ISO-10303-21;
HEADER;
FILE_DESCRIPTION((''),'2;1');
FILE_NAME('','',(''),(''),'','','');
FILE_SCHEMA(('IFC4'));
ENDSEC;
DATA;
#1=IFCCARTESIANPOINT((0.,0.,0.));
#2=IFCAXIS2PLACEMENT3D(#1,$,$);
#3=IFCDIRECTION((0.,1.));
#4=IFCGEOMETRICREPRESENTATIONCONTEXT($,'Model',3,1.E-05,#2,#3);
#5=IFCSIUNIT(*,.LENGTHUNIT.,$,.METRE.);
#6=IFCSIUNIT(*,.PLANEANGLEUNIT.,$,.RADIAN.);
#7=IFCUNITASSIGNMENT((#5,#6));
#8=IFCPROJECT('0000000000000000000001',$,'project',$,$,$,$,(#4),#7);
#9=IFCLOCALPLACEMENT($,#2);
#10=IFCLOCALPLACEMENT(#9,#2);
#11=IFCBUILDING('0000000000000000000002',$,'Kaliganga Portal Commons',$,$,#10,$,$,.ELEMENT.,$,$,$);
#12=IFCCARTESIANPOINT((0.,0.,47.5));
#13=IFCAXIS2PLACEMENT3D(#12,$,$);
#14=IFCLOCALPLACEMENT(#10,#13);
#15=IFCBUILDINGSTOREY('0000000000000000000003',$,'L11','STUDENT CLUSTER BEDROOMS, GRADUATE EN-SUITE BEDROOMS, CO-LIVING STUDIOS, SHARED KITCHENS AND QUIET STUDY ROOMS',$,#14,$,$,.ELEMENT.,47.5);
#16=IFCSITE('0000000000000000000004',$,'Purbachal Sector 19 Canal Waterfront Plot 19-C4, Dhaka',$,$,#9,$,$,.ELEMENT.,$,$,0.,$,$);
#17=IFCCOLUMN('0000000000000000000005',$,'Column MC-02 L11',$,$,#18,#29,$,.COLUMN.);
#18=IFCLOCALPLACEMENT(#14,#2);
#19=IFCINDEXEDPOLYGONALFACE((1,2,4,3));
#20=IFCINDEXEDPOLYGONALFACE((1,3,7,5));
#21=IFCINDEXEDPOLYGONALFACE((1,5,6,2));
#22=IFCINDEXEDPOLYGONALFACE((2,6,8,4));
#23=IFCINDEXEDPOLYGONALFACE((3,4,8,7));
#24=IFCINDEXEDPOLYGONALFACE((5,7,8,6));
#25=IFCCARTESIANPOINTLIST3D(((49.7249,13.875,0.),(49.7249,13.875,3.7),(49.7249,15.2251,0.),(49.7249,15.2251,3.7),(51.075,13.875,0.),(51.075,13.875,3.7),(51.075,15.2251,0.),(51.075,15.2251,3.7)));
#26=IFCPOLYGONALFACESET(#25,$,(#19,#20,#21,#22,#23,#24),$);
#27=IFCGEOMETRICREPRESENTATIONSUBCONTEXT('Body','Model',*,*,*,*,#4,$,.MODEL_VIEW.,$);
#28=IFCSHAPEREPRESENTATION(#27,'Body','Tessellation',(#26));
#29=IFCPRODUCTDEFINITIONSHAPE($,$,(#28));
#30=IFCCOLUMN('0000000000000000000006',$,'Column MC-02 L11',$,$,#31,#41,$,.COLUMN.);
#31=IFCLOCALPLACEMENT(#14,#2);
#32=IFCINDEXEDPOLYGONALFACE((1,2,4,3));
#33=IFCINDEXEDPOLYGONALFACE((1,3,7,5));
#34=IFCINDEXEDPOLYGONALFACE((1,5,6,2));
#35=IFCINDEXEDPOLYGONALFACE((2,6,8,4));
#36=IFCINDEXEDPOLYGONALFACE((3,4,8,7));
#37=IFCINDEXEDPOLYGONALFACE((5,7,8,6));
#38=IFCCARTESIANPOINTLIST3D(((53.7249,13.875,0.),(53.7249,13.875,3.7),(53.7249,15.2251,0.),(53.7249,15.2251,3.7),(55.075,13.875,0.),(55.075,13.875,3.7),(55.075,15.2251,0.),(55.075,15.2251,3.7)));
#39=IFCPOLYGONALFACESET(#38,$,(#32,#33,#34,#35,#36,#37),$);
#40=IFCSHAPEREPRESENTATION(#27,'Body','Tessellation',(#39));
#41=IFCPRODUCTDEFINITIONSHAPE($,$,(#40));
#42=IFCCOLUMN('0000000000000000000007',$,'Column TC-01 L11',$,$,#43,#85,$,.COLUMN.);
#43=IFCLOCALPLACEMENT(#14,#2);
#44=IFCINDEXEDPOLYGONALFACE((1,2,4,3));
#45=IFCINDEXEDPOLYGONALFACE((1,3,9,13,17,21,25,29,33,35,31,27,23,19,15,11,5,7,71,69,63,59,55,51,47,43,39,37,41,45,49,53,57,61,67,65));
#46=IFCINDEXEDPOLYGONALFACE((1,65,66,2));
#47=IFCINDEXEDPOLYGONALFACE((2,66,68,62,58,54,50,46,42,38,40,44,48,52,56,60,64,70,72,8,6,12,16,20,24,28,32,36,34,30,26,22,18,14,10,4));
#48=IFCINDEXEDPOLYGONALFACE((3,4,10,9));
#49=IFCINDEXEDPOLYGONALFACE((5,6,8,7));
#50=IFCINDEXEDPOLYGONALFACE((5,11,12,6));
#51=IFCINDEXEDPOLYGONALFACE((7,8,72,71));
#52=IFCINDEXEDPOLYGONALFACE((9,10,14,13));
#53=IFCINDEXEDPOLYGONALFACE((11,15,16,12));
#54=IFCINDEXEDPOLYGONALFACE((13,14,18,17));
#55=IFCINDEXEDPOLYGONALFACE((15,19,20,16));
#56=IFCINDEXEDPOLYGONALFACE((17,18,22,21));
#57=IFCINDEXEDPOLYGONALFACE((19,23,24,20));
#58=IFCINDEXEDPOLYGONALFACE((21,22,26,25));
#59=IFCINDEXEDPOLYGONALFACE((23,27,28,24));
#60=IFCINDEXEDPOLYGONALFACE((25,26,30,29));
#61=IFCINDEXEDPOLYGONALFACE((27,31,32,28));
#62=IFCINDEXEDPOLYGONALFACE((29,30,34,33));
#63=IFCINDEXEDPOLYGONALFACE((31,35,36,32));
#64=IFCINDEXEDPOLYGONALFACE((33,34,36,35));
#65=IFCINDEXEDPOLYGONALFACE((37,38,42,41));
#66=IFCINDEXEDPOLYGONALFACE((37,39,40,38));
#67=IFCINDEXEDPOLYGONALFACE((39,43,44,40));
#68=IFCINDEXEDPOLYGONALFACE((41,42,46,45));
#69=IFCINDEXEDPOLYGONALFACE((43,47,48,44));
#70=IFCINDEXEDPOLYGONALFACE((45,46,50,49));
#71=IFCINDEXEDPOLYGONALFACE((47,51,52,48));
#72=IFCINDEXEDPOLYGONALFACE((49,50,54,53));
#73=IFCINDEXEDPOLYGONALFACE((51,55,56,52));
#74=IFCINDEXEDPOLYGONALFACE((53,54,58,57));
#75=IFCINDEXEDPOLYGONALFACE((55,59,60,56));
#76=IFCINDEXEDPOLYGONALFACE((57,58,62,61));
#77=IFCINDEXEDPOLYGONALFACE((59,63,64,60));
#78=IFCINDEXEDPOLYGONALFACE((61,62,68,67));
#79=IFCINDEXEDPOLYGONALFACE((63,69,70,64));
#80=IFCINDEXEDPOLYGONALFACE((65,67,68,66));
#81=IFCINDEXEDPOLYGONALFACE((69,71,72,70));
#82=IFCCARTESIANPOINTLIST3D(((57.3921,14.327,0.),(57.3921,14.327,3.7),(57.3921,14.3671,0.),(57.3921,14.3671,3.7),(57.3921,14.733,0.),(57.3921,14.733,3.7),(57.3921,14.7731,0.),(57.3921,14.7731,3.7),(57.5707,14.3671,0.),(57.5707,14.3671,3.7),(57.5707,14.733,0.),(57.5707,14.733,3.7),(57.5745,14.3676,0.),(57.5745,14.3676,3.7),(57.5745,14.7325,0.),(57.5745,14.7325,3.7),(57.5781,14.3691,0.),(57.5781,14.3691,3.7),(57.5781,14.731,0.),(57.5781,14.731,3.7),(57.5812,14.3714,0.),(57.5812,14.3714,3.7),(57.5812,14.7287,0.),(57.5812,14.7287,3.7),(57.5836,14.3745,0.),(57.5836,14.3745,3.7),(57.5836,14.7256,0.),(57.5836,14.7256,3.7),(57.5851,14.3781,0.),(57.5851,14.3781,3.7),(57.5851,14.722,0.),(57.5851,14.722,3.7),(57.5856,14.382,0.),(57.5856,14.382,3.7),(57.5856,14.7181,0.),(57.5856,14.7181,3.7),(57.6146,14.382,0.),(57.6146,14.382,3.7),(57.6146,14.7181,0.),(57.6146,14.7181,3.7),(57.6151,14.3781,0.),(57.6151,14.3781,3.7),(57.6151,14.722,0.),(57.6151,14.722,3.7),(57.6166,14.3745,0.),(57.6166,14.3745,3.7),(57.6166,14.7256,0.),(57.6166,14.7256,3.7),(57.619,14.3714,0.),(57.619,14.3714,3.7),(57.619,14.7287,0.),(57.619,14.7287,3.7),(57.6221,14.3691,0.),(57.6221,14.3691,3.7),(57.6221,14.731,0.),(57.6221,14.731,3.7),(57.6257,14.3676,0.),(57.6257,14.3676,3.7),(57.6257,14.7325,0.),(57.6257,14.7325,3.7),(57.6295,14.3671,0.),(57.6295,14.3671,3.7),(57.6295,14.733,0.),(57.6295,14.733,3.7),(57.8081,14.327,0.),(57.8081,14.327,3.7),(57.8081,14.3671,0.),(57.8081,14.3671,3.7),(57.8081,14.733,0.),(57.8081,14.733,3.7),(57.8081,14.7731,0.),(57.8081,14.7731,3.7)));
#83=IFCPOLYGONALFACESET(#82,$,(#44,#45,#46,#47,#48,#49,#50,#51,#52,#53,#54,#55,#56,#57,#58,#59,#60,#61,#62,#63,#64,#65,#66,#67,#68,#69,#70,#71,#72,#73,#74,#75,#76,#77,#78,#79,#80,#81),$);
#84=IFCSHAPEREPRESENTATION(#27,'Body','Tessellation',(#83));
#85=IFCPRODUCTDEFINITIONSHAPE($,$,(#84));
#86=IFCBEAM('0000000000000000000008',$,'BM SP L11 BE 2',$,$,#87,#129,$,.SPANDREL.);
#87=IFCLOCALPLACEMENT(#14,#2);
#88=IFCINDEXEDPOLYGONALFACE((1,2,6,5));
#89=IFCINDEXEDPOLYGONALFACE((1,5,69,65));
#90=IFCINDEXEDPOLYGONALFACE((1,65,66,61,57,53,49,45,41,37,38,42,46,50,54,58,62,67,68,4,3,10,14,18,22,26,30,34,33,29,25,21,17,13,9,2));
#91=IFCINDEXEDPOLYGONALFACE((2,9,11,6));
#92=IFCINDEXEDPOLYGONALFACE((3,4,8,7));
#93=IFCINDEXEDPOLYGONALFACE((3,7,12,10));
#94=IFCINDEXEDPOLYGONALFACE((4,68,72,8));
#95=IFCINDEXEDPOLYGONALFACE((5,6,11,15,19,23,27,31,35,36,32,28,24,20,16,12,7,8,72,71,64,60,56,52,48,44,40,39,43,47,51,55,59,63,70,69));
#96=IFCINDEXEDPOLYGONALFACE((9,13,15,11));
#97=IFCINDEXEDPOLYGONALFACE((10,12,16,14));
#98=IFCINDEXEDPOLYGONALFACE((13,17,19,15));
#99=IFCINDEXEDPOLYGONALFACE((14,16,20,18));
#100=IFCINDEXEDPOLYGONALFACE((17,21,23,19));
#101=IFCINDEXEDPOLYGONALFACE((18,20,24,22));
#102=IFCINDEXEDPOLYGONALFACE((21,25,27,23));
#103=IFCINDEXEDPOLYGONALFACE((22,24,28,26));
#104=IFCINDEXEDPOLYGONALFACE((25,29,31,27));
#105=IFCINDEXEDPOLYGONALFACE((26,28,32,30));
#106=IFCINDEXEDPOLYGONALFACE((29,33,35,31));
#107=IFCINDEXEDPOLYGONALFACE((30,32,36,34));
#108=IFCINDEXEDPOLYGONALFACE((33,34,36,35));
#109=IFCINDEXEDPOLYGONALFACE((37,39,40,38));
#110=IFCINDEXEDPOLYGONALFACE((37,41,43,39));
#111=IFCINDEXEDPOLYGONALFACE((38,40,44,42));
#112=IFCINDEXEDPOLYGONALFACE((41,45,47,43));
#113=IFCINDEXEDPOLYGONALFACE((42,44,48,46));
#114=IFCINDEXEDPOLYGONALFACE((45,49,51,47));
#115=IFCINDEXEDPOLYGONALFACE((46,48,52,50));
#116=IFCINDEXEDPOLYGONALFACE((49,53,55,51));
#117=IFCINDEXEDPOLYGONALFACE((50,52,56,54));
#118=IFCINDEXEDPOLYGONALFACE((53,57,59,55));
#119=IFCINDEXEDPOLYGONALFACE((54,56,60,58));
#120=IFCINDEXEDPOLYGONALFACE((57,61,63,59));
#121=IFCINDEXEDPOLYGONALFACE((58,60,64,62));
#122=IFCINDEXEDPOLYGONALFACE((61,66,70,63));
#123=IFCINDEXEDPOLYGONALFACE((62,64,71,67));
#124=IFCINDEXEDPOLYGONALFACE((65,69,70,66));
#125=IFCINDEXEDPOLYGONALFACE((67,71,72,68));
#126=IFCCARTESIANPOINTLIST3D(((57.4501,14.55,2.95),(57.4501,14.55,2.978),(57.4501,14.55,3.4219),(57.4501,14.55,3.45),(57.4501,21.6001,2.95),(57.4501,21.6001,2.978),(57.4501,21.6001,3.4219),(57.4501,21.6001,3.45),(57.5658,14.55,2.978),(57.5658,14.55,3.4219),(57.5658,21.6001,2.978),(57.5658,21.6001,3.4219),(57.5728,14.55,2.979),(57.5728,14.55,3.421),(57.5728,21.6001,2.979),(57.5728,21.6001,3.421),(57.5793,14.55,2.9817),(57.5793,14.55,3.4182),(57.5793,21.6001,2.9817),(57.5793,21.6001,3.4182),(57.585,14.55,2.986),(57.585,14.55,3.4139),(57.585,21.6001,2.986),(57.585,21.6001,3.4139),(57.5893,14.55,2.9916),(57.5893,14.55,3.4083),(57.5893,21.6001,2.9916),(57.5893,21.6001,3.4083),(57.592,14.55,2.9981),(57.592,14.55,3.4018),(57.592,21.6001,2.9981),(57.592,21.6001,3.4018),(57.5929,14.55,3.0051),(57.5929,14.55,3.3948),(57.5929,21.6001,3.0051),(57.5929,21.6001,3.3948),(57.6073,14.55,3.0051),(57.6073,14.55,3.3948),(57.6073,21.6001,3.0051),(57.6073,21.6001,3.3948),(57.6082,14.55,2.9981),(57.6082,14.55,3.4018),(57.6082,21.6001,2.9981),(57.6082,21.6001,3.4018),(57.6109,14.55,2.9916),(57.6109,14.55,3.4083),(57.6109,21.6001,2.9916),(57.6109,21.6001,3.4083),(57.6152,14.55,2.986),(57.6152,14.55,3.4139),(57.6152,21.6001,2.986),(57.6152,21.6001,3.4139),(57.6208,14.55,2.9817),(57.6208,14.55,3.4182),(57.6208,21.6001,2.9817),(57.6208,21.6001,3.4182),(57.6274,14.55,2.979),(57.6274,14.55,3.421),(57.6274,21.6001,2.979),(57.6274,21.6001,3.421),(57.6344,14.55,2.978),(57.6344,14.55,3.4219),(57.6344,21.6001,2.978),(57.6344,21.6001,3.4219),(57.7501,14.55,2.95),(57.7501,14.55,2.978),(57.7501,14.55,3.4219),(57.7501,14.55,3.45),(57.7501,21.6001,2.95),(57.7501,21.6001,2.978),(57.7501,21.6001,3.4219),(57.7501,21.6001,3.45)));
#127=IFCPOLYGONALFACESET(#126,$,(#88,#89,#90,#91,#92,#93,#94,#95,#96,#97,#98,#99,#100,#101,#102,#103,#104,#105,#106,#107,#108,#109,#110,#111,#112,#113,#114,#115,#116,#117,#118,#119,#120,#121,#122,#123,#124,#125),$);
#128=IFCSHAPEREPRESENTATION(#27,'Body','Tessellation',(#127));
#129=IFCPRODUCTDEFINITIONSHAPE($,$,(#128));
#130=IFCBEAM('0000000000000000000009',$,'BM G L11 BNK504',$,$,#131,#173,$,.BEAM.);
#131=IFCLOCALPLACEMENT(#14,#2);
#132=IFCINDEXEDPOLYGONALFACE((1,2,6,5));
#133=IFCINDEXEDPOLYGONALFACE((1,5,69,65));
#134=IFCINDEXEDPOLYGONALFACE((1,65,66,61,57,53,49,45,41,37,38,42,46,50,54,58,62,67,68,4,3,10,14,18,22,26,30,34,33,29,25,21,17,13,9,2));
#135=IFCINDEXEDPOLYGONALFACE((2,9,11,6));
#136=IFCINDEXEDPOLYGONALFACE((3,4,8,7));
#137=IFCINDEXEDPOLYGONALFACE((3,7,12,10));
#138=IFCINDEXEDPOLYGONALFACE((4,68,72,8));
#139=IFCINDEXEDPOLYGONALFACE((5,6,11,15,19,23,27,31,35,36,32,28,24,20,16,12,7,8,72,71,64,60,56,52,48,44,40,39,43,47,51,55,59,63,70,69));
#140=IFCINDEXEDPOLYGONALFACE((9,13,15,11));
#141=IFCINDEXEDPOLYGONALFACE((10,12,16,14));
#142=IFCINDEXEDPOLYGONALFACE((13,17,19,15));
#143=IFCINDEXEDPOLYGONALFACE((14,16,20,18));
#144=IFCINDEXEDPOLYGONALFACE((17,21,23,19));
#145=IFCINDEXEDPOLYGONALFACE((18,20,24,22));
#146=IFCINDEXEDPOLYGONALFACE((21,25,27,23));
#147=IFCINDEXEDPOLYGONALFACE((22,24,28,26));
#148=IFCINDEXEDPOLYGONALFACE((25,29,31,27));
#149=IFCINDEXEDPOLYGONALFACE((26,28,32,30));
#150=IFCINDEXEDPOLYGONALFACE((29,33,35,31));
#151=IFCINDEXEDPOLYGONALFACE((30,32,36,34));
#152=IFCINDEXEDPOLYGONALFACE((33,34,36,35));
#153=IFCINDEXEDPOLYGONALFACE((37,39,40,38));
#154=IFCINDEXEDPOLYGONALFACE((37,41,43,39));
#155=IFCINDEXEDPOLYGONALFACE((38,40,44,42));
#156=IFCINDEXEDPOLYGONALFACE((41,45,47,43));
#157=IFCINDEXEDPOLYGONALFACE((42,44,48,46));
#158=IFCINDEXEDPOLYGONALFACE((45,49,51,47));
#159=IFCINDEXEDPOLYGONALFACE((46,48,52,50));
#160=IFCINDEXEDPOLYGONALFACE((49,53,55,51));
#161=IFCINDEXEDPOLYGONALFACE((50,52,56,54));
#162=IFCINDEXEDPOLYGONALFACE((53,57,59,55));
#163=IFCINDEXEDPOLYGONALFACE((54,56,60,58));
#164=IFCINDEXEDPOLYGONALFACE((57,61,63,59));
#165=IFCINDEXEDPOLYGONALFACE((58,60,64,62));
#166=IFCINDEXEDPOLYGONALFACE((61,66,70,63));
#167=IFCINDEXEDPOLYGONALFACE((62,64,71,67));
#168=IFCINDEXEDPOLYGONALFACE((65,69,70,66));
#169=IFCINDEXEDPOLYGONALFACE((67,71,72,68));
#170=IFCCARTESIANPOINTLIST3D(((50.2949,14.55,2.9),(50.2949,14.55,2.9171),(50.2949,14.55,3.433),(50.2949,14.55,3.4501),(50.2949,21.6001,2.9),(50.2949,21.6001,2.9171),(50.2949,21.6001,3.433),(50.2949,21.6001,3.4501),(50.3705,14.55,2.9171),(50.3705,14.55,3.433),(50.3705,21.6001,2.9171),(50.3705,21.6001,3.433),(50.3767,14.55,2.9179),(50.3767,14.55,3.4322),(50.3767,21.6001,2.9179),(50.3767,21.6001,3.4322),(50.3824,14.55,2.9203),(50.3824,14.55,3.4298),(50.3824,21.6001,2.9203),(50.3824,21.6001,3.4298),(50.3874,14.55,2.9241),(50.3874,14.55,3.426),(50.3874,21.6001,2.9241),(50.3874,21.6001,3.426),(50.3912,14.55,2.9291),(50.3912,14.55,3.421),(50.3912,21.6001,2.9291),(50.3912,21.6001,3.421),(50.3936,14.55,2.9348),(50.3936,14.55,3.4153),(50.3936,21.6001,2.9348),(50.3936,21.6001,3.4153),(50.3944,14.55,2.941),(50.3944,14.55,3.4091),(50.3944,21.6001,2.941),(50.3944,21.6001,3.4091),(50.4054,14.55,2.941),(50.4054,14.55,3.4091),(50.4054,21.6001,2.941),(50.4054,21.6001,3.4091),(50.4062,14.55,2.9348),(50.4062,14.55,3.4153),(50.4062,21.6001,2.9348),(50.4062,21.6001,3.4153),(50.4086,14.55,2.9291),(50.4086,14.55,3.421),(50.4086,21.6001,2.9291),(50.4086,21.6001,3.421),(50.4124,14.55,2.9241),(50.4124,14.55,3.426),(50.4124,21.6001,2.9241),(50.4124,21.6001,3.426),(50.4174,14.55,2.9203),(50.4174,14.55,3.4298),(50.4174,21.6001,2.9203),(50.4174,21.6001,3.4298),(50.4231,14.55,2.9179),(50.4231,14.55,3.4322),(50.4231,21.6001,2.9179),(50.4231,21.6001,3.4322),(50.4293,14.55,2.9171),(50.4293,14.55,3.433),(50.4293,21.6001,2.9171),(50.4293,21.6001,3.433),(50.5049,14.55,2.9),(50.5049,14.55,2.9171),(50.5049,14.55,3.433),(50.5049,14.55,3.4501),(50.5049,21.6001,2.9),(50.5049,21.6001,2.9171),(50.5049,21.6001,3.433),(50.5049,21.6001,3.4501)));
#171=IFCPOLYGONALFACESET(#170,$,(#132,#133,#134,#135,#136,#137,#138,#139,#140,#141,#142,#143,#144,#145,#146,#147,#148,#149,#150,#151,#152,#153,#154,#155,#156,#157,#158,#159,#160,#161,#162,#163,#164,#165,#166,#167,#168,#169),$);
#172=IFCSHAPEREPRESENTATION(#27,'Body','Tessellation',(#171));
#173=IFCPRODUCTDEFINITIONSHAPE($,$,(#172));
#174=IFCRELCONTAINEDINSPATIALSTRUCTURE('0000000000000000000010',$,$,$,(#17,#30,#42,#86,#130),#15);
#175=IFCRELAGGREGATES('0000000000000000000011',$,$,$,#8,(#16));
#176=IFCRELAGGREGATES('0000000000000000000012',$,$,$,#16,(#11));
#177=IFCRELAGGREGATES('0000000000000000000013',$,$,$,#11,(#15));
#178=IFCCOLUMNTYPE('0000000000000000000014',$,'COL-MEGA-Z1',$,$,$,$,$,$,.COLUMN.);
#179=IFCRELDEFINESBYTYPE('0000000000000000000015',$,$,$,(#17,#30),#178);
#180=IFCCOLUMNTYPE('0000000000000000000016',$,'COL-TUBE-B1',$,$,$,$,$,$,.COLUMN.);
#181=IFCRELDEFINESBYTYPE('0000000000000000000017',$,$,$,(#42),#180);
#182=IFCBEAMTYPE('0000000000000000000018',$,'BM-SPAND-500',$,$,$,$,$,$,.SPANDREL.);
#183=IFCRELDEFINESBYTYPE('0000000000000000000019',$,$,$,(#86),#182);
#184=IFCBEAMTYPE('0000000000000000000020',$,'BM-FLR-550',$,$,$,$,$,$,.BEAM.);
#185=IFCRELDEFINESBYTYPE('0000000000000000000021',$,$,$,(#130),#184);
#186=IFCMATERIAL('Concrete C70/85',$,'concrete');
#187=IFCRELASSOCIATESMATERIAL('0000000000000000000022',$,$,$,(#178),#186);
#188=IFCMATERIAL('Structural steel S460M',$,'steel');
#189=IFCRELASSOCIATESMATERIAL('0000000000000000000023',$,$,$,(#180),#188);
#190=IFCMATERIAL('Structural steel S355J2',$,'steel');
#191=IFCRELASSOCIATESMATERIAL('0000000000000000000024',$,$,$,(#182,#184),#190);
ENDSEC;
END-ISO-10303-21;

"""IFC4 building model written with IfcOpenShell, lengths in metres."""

from ifc_helpers import new_model, si_unit, direction, frame, origin, origin_2d, place, context, subcontext, project, spatial, rectangle, i_section, extrude, source, transform, mapped, material, material_profile, profile_set, type_object, element, save


model = new_model("IFC4")

# Units and contexts
model_context = context("Model", 3, precision=1e-05, world=origin(), true_north=direction((0.0, 1.0)))
body_context = subcontext(model_context, "Body", "Model", "MODEL_VIEW")
ifc_project = project(units=[si_unit("LENGTHUNIT", "METRE"), si_unit("PLANEANGLEUNIT", "RADIAN")], contexts=[model_context])

# Site, building, storey
site_placement = place(None, origin())
site = spatial("IfcSite", under=ifc_project, at=site_placement, Name="Purbachal Sector 19 Canal Waterfront Plot 19-C4, Dhaka", CompositionType="ELEMENT", RefElevation=0.0)
building_placement = place(site_placement, origin())
building = spatial("IfcBuilding", under=site, at=building_placement, Name="Kaliganga Portal Commons", CompositionType="ELEMENT")
storey_placement = place(building_placement, frame((0.0, 0.0, 47.5)))
storey = spatial("IfcBuildingStorey", under=building, at=storey_placement, Name="L11", Description="STUDENT CLUSTER BEDROOMS, GRADUATE EN-SUITE BEDROOMS, CO-LIVING STUDIOS, SHARED KITCHENS AND QUIET STUDY ROOMS", CompositionType="ELEMENT", Elevation=47.5)

# Columns
ifc_material_1 = material(Name="Concrete C70/85", Category="concrete")
ifc_material_profile_1 = material_profile(ifc_material_1, rectangle(XDim=1.3501, YDim=1.3501, at=origin_2d()), Name="RC 1350x1350")
ifc_profile_set_1 = profile_set([ifc_material_profile_1], Name="Concrete C70/85")
column_type_1 = type_object("IfcColumnType", Name="COL-MEGA-Z1", PredefinedType="COLUMN", material=ifc_profile_set_1)
shared_shape_1 = source(origin(), body_context, "Body", "SweptSolid", [
    extrude(rectangle(XDim=1.3501, YDim=1.3501, at=origin_2d()), origin(), (0.0, 0.0, 1.0), 3.7),
])
for number, where, z_axis, x_axis, name in (
    (1, (50.3999, 14.55, 0.0), (0.0, 0.0, 1.0), (1.0, 0.0, 0.0), "Column MC-02 L11"),
    (2, (54.3999, 14.55, 0.0), (0.0, 0.0, 1.0), (1.0, 0.0, 0.0), "Column MC-02 L11"),
):
    element("IfcColumn", number, at=place(storey_placement, frame(where, z_axis=z_axis, x_axis=x_axis)), inside=storey, type_object=column_type_1, Name=name, PredefinedType="COLUMN", context=body_context, shape_type="MappedRepresentation", body=[
        mapped(shared_shape_1, transform((0.0, 0.0, 0.0), x_axis=(1.0, 0.0, 0.0), y_axis=(0.0, 1.0, 0.0), z_axis=(0.0, 0.0, 1.0), scale=1.0)),
    ])
ifc_material_2 = material(Name="Structural steel S460M", Category="steel")
ifc_material_profile_2 = material_profile(ifc_material_2, i_section(OverallWidth=0.416, OverallDepth=0.446, WebThickness=0.0291, FlangeThickness=0.04, FilletRadius=0.0149, at=origin_2d()), Name="HD 400x509")
ifc_profile_set_2 = profile_set([ifc_material_profile_2], Name="Structural steel S460M wide-flange")
column_type_2 = type_object("IfcColumnType", Name="COL-TUBE-B1", PredefinedType="COLUMN", material=ifc_profile_set_2)
shared_shape_2 = source(origin(), body_context, "Body", "SweptSolid", [
    extrude(i_section(OverallWidth=0.416, OverallDepth=0.446, WebThickness=0.0291, FlangeThickness=0.04, FilletRadius=0.0149, at=origin_2d()), origin(), (0.0, 0.0, 1.0), 3.7),
])
column_placement = place(storey_placement, frame((57.6001, 14.55, 0.0), z_axis=(0.0, 0.0, 1.0), x_axis=(1.0, 0.0, 0.0)))
element("IfcColumn", 3, at=column_placement, inside=storey, type_object=column_type_2, Name="Column TC-01 L11", PredefinedType="COLUMN", context=body_context, shape_type="MappedRepresentation", body=[
    mapped(shared_shape_2, transform((0.0, 0.0, 0.0), x_axis=(1.0, 0.0, 0.0), y_axis=(0.0, 1.0, 0.0), z_axis=(0.0, 0.0, 1.0), scale=1.0)),
])

# Beams
ifc_material_3 = material(Name="Structural steel S355J2", Category="steel")
ifc_material_profile_3 = material_profile(ifc_material_3, i_section(OverallWidth=0.3, OverallDepth=0.5, WebThickness=0.0144, FlangeThickness=0.0281, FilletRadius=0.0271, at=origin_2d()), Name="HE 500 B")
ifc_profile_set_3 = profile_set([ifc_material_profile_3], Name="Structural steel S355J2 wide-flange")
beam_type_1 = type_object("IfcBeamType", Name="BM-SPAND-500", PredefinedType="SPANDREL", material=ifc_profile_set_3)
shared_shape_3 = source(origin(), body_context, "Body", "SweptSolid", [
    extrude(i_section(OverallWidth=0.3, OverallDepth=0.5, WebThickness=0.0144, FlangeThickness=0.0281, FilletRadius=0.0271, at=origin_2d()), origin(), (0.0, 0.0, 1.0), 7.05),
])
beam_1_placement = place(storey_placement, frame((57.6001, 14.55, 3.2), z_axis=(0.0, 1.0, 0.0), x_axis=(-1.0, 0.0, 0.0)))
element("IfcBeam", 4, at=beam_1_placement, inside=storey, type_object=beam_type_1, Name="BM SP L11 BE 2", PredefinedType="SPANDREL", context=body_context, shape_type="MappedRepresentation", body=[
    mapped(shared_shape_3, transform((0.0, 0.0, 0.0), x_axis=(1.0, 0.0, 0.0), y_axis=(0.0, 1.0, 0.0), z_axis=(0.0, 0.0, 1.0), scale=1.0)),
])
ifc_material_profile_4 = material_profile(ifc_material_3, i_section(OverallWidth=0.21, OverallDepth=0.55, WebThickness=0.011, FlangeThickness=0.0171, FilletRadius=0.0239, at=origin_2d()), Name="IPE 550")
ifc_profile_set_4 = profile_set([ifc_material_profile_4], Name="Structural steel S355J2 wide-flange")
beam_type_2 = type_object("IfcBeamType", Name="BM-FLR-550", PredefinedType="BEAM", material=ifc_profile_set_4)
shared_shape_4 = source(origin(), body_context, "Body", "SweptSolid", [
    extrude(i_section(OverallWidth=0.21, OverallDepth=0.55, WebThickness=0.011, FlangeThickness=0.0171, FilletRadius=0.0239, at=origin_2d()), origin(), (0.0, 0.0, 1.0), 7.05),
])
for number, where, z_axis, x_axis, name in (
    (5, (50.3999, 14.55, 3.175), (0.0, 1.0, 0.0), (-1.0, 0.0, 0.0), "BM G L11 BNK504"),
):
    element("IfcBeam", number, at=place(storey_placement, frame(where, z_axis=z_axis, x_axis=x_axis)), inside=storey, type_object=beam_type_2, Name=name, PredefinedType="BEAM", context=body_context, shape_type="MappedRepresentation", body=[
        mapped(shared_shape_4, transform((0.0, 0.0, 0.0), x_axis=(1.0, 0.0, 0.0), y_axis=(0.0, 1.0, 0.0), z_axis=(0.0, 0.0, 1.0), scale=1.0)),
    ])

save(model, "model.ifc")
